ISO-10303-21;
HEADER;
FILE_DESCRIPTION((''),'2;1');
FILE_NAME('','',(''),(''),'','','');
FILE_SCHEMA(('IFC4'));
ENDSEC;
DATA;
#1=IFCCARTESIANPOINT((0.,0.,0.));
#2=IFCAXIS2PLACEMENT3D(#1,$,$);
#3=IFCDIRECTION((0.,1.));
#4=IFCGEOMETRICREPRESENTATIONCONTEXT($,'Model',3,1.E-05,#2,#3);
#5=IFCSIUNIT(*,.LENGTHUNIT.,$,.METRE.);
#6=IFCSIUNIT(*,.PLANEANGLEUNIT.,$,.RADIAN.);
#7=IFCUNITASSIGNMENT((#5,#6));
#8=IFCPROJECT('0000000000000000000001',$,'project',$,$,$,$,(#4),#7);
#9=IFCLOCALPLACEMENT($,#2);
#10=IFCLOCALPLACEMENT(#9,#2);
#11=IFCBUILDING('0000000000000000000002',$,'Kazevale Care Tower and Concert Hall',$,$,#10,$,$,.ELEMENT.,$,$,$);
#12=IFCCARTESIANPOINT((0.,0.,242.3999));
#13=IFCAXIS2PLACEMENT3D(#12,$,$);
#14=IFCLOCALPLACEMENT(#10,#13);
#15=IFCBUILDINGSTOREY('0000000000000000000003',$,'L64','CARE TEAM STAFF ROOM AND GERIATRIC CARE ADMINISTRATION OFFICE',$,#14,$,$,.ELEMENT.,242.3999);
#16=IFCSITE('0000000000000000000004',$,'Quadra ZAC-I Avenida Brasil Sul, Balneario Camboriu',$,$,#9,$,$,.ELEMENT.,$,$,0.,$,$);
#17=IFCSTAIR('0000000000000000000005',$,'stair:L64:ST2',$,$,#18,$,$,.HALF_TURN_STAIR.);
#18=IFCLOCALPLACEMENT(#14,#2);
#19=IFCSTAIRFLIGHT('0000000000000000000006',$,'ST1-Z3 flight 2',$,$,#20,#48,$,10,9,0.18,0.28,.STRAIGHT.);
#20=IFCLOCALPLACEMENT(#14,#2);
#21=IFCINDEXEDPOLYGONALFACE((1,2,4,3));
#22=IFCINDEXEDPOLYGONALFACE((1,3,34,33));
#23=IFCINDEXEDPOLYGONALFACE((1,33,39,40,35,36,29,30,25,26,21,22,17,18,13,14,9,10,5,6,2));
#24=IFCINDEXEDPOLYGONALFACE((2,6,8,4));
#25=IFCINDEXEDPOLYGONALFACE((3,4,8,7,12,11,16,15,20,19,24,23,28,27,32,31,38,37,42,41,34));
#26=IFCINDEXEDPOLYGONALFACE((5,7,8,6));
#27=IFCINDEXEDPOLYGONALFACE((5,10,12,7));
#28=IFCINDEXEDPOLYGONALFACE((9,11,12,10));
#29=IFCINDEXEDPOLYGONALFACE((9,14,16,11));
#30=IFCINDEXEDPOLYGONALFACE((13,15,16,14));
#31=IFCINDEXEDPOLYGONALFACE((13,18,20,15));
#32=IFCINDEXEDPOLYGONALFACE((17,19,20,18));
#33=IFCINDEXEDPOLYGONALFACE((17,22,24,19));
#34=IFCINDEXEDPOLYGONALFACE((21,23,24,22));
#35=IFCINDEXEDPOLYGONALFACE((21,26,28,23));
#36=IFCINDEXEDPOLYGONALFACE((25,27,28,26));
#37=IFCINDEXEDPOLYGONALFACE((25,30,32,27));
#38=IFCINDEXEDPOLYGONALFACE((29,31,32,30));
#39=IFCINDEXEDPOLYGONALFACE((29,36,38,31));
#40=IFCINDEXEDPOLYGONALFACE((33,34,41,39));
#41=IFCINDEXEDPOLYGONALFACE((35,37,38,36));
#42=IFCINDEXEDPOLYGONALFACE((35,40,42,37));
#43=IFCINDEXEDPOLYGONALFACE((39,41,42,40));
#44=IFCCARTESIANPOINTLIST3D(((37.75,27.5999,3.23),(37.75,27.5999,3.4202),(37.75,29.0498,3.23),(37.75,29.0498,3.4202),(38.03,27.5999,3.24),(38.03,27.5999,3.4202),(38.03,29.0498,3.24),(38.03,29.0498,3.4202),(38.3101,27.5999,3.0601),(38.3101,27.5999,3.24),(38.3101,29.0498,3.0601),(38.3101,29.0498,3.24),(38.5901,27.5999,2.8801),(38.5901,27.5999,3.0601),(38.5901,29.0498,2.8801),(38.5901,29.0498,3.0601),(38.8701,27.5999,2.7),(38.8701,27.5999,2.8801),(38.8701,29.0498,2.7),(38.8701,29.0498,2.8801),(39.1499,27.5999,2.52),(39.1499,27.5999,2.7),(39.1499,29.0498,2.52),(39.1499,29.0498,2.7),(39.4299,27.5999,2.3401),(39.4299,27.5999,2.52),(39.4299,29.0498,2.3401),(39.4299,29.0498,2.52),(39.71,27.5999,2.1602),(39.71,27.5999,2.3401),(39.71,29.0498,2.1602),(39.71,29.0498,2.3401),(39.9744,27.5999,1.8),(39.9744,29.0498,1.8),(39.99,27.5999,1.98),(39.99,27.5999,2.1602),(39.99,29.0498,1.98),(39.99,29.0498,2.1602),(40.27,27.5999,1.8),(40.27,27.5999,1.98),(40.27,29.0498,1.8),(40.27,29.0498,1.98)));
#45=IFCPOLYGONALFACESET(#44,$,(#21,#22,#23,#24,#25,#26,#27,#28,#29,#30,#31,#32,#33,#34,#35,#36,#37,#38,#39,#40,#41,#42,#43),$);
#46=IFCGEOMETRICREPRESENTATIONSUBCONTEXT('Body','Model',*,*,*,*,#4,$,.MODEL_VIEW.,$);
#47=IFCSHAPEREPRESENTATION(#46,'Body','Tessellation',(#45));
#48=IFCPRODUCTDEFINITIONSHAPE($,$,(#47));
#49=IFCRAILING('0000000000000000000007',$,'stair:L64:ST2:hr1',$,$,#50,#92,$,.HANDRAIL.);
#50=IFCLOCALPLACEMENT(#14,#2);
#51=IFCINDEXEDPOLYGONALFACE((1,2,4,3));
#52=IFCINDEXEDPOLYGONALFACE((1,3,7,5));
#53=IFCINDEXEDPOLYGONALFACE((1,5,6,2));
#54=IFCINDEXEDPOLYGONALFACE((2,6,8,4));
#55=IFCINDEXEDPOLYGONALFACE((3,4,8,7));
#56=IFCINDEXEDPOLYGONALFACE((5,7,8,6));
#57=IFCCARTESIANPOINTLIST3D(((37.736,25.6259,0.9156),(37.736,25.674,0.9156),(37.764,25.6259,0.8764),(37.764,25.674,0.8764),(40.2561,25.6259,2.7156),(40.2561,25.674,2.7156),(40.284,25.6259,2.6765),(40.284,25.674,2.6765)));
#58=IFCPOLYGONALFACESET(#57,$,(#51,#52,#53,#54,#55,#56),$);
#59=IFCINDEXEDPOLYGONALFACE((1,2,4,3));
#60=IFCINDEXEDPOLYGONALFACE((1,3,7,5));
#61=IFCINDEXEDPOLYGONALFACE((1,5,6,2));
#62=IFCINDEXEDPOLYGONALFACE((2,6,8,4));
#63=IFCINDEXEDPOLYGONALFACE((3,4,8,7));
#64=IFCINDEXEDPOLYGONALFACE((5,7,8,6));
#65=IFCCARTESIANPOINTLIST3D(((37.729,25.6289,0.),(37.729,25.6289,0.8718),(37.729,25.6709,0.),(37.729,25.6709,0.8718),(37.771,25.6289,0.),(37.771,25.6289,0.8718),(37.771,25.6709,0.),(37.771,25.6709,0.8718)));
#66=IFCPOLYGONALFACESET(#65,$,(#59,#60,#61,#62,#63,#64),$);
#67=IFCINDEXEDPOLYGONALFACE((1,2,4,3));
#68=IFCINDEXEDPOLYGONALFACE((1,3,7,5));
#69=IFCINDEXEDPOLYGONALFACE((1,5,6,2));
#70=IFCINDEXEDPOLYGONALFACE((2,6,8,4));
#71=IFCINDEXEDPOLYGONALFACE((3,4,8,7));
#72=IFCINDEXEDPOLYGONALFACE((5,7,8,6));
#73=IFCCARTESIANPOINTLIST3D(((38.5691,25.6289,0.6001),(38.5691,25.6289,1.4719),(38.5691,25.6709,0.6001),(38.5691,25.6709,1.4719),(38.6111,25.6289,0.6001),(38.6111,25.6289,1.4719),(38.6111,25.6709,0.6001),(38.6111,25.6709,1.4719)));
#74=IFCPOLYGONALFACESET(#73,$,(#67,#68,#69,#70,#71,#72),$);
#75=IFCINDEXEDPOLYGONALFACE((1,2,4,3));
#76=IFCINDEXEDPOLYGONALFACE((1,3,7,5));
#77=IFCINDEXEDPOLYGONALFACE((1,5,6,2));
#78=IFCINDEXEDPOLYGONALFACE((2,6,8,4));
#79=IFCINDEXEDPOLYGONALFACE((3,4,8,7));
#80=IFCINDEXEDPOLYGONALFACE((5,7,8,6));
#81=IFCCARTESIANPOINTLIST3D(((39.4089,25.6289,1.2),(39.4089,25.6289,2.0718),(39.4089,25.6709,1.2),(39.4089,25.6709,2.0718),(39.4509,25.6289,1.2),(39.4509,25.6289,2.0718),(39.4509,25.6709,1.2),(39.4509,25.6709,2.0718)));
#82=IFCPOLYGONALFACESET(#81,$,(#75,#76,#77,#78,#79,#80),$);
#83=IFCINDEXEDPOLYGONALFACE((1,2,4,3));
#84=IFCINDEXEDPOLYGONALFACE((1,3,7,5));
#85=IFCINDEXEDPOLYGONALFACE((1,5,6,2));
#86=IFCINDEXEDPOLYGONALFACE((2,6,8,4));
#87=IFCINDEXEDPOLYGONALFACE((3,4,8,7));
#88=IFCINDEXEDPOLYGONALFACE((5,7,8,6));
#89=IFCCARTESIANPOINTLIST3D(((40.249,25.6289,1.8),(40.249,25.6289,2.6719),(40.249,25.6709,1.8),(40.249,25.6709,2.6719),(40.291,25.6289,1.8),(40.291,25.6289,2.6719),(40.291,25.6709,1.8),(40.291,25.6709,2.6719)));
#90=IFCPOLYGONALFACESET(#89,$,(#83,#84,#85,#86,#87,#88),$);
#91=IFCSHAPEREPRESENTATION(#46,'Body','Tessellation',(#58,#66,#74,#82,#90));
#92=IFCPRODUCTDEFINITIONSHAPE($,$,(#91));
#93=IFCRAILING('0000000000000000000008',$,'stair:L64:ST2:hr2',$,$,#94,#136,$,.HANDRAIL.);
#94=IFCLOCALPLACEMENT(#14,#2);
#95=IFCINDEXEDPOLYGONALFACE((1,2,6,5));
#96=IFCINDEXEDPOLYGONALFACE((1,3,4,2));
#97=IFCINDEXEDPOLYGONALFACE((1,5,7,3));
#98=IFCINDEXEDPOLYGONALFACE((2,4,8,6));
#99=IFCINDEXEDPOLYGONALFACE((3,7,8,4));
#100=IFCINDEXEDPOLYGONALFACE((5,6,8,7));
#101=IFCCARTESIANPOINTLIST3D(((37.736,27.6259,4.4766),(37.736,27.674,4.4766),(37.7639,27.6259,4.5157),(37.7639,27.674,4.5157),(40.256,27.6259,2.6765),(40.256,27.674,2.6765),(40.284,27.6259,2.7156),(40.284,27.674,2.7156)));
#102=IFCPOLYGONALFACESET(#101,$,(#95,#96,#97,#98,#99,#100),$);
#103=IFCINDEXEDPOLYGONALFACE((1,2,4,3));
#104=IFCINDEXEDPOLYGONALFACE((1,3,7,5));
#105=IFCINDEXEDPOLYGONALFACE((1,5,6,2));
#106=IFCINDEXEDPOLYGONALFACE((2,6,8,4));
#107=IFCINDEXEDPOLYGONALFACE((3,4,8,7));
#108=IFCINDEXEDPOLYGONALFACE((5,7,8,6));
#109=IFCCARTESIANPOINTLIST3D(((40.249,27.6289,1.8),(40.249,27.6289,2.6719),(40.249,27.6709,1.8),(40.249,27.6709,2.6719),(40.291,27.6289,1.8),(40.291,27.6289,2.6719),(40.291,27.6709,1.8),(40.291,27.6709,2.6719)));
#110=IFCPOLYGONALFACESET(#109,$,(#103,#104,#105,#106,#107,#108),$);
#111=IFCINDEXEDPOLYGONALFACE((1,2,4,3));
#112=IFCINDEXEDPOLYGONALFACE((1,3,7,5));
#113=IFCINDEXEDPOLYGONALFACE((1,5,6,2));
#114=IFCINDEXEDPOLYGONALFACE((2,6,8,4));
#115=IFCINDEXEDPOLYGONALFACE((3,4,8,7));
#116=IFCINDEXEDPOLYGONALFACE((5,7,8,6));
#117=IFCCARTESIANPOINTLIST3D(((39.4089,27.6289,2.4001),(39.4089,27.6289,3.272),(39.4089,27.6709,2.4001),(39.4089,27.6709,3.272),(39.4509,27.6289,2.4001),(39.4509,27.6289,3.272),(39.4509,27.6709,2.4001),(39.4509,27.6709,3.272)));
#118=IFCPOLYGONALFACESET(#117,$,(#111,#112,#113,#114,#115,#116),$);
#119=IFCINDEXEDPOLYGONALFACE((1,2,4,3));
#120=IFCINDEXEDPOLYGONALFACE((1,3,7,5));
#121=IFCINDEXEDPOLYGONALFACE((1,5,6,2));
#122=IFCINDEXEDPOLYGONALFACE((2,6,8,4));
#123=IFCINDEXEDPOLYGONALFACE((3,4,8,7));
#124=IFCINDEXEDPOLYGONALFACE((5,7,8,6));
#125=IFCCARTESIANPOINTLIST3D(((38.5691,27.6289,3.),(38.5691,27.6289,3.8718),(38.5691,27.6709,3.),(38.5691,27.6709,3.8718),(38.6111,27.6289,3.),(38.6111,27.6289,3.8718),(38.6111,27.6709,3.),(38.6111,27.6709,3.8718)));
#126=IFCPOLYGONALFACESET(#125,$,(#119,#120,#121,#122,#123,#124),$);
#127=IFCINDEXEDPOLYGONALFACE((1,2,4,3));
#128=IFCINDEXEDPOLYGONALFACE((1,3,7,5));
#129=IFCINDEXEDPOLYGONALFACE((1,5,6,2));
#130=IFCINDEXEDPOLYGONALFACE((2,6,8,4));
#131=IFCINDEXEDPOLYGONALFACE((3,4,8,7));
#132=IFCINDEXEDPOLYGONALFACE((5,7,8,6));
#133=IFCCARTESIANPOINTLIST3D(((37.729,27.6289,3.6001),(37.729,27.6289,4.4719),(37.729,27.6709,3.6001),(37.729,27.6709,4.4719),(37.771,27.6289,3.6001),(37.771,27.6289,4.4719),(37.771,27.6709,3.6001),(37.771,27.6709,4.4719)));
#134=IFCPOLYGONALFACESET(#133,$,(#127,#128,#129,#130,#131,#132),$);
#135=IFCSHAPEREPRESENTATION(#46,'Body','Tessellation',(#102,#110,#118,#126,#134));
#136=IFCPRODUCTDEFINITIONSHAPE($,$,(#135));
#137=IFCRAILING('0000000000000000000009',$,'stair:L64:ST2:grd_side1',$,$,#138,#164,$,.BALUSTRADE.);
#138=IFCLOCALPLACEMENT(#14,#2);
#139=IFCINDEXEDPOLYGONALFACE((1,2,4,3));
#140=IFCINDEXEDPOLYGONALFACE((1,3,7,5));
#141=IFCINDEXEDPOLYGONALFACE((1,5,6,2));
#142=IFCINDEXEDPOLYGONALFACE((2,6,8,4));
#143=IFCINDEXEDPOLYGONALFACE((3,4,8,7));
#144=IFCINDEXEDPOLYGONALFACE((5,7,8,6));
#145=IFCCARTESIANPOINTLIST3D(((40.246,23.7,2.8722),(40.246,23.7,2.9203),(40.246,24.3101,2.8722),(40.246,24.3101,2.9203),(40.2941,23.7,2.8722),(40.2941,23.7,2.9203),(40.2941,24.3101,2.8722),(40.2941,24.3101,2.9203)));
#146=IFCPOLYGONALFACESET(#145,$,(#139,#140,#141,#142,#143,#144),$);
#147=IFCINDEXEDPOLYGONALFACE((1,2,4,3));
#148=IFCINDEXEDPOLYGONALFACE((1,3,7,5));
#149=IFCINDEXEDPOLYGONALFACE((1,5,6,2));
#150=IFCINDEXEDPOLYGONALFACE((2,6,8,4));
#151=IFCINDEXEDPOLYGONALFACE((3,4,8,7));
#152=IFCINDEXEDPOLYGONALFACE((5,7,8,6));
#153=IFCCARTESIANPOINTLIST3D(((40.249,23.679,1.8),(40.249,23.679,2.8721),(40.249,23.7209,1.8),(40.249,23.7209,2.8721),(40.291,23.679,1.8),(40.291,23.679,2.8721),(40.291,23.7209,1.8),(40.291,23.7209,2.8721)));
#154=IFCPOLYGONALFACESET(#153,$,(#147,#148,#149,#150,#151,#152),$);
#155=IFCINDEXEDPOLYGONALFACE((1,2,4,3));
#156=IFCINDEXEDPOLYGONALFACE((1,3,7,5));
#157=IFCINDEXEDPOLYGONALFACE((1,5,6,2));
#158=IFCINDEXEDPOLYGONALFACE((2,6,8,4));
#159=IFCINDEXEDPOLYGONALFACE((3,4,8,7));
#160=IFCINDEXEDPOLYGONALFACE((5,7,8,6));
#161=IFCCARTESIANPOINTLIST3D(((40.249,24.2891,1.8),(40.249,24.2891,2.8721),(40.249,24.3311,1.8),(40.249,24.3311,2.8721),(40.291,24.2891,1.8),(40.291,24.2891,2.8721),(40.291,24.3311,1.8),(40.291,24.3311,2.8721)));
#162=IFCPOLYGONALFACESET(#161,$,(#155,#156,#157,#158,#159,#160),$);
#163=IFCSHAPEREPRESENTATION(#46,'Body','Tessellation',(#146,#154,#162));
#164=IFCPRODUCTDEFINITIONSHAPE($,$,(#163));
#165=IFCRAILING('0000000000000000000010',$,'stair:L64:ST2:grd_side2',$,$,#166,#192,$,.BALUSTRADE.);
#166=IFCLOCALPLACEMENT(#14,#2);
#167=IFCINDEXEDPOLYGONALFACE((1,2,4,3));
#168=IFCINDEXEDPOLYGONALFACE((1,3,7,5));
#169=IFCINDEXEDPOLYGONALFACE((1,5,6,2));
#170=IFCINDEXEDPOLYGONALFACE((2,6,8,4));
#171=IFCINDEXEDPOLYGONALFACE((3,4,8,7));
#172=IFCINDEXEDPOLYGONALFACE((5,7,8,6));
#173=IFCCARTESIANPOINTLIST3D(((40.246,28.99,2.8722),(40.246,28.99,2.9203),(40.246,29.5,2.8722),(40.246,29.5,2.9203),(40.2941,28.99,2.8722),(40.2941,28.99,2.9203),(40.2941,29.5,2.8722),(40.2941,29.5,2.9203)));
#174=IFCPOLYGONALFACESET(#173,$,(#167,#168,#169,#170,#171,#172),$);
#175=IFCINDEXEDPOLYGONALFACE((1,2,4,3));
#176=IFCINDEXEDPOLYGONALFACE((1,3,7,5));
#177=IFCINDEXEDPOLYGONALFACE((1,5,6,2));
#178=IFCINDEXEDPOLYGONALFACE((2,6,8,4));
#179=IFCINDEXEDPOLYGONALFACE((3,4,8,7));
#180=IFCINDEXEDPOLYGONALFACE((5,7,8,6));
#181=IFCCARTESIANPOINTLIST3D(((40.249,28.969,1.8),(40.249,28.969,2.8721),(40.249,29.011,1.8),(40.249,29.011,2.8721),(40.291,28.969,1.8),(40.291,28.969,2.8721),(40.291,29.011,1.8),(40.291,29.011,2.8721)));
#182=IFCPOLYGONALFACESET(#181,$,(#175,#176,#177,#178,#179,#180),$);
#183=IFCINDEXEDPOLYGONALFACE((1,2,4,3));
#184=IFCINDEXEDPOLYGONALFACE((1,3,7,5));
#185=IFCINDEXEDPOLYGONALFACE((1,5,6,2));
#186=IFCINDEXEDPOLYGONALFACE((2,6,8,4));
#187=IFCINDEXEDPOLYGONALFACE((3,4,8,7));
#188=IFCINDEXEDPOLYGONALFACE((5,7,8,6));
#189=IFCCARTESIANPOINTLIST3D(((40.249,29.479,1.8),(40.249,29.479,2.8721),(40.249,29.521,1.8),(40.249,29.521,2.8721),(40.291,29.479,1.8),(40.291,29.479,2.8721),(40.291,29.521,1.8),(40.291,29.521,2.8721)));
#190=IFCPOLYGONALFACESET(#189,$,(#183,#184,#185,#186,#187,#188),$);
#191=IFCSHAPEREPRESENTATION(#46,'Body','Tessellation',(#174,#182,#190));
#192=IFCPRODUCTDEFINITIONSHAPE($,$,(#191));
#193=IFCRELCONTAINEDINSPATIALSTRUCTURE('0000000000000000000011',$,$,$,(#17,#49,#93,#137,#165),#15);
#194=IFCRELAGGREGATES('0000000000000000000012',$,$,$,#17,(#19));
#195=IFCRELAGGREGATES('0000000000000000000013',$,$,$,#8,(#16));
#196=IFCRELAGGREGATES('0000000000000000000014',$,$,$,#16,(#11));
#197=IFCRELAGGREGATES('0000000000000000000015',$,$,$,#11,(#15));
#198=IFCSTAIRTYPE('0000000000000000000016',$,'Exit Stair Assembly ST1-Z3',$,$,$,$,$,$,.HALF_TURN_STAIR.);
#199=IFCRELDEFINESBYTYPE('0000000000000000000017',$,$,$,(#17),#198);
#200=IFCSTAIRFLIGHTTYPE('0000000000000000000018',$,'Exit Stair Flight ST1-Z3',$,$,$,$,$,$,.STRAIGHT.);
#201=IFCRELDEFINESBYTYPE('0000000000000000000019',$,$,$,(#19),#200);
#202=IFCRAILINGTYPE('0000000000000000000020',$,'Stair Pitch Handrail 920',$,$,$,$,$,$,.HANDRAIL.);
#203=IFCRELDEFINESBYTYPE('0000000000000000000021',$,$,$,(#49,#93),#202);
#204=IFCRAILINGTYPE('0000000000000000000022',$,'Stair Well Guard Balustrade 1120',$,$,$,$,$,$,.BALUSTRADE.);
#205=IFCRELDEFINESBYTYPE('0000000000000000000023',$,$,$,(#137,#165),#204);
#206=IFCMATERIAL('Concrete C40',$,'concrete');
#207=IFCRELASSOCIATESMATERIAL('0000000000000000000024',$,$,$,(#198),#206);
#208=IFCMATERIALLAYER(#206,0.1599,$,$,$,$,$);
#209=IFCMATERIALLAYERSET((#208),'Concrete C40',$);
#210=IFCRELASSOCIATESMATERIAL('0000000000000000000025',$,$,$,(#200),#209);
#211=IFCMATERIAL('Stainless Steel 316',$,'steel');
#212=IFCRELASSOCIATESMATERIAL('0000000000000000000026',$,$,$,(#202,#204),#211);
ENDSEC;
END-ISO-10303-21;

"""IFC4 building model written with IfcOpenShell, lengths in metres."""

from ifc_helpers import new_model, si_unit, direction, frame, origin, origin_2d, place, context, subcontext, project, spatial, polyline, rectangle, outline, extrude, material, layer, layer_set, type_object, element, aggregate, save


model = new_model("IFC4")

# Units and contexts
model_context = context("Model", 3, precision=1e-05, world=origin(), true_north=direction((0.0, 1.0)))
body_context = subcontext(model_context, "Body", "Model", "MODEL_VIEW")
ifc_project = project(units=[si_unit("LENGTHUNIT", "METRE"), si_unit("PLANEANGLEUNIT", "RADIAN")], contexts=[model_context])

# Site, building, storey
site_placement = place(None, origin())
site = spatial("IfcSite", under=ifc_project, at=site_placement, Name="Quadra ZAC-I Avenida Brasil Sul, Balneario Camboriu", CompositionType="ELEMENT", RefElevation=0.0)
building_placement = place(site_placement, origin())
building = spatial("IfcBuilding", under=site, at=building_placement, Name="Kazevale Care Tower and Concert Hall", CompositionType="ELEMENT")
storey_placement = place(building_placement, frame((0.0, 0.0, 242.3999)))
storey = spatial("IfcBuildingStorey", under=building, at=storey_placement, Name="L64", Description="CARE TEAM STAFF ROOM AND GERIATRIC CARE ADMINISTRATION OFFICE", CompositionType="ELEMENT", Elevation=242.3999)

# Shared definitions
ifc_material_1 = material(Name="Concrete C40", Category="concrete")

# Stair, stair flight
stair_type = type_object("IfcStairType", Name="Exit Stair Assembly ST1-Z3", PredefinedType="HALF_TURN_STAIR", material=ifc_material_1)
stair_placement = place(storey_placement, origin())
stair = element("IfcStair", 1, at=stair_placement, inside=storey, type_object=stair_type, Name="stair:L64:ST2", PredefinedType="HALF_TURN_STAIR")
ifc_layer_1 = layer(ifc_material_1, 0.1599)
ifc_layer_set_1 = layer_set([ifc_layer_1], Name="Concrete C40")
stair_flight_type = type_object("IfcStairFlightType", Name="Exit Stair Flight ST1-Z3", PredefinedType="STRAIGHT", material=ifc_layer_set_1)
stair_flight_1_placement = place(storey_placement, frame((40.27, 28.325, 1.8), z_axis=(0.0, 0.0, 1.0), x_axis=(-1.0, 0.0, 0.0)))
stair_flight_1 = element("IfcStairFlight", 2, at=stair_flight_1_placement, type_object=stair_flight_type, Name="ST1-Z3 flight 2", NumberOfRisers=10, NumberOfTreads=9, PredefinedType="STRAIGHT", RiserHeight=0.18, TreadLength=0.28, context=body_context, shape_type="SweptSolid", body=[
    extrude(outline(polyline([(0.0, 0.0), (0.0, 0.1799), (0.28, 0.1799), (0.28, 0.3601), (0.5601, 0.3601), (0.5601, 0.54), (0.8401, 0.54), (0.8401, 0.72), (1.1201, 0.72), (1.1201, 0.8999), (1.3999, 0.8999), (1.3999, 1.0801), (1.6799, 1.0801), (1.6799, 1.26), (1.96, 1.26), (1.96, 1.4399), (2.24, 1.4399), (2.24, 1.6201), (2.52, 1.6201), (2.52, 1.8), (2.52, 1.4299), (0.2957, 0.0), (0.0, 0.0)])), frame((0.0, 0.7251, 0.0), z_axis=(0.0, -1.0, 0.0), x_axis=(1.0, 0.0, 0.0)), (0.0, 0.0, 1.0), 1.45),
])
aggregate(stair, [stair_flight_1])

# Railings
ifc_material_2 = material(Name="Stainless Steel 316", Category="steel")
railing_type_1 = type_object("IfcRailingType", Name="Stair Pitch Handrail 920", PredefinedType="HANDRAIL", material=ifc_material_2)
railing_1_placement = place(storey_placement, frame((37.75, 25.6499, 0.0)))
element("IfcRailing", 3, at=railing_1_placement, inside=storey, type_object=railing_type_1, Name="stair:L64:ST2:hr1", PredefinedType="HANDRAIL", context=body_context, shape_type="SweptSolid", body=[
    extrude(rectangle(XDim=0.0481, YDim=0.0481, at=origin_2d()), frame((0.0, 0.0, 0.896), z_axis=(0.813728, 0.0, 0.581246), x_axis=(0.0, 1.0, 0.0)), (0.0, 0.0, 1.0), 3.0969),
    extrude(rectangle(XDim=0.042, YDim=0.042, at=origin_2d()), origin(), (0.0, 0.0, 1.0), 0.8718),
    extrude(rectangle(XDim=0.042, YDim=0.042, at=origin_2d()), frame((0.8401, 0.0, 0.6001)), (0.0, 0.0, 1.0), 0.8718),
    extrude(rectangle(XDim=0.042, YDim=0.042, at=origin_2d()), frame((1.6799, 0.0, 1.2)), (0.0, 0.0, 1.0), 0.8718),
    extrude(rectangle(XDim=0.042, YDim=0.042, at=origin_2d()), frame((2.52, 0.0, 1.8)), (0.0, 0.0, 1.0), 0.8718),
])
railing_2_placement = place(storey_placement, frame((40.27, 27.6499, 1.8)))
element("IfcRailing", 4, at=railing_2_placement, inside=storey, type_object=railing_type_1, Name="stair:L64:ST2:hr2", PredefinedType="HANDRAIL", context=body_context, shape_type="SweptSolid", body=[
    extrude(rectangle(XDim=0.0481, YDim=0.0481, at=origin_2d()), frame((0.0, 0.0, 0.896), z_axis=(-0.813728, 0.0, 0.581246), x_axis=(0.0, -1.0, 0.0)), (0.0, 0.0, 1.0), 3.0969),
    extrude(rectangle(XDim=0.042, YDim=0.042, at=origin_2d()), origin(), (0.0, 0.0, 1.0), 0.8718),
    extrude(rectangle(XDim=0.042, YDim=0.042, at=origin_2d()), frame((-0.8401, 0.0, 0.6001)), (0.0, 0.0, 1.0), 0.8718),
    extrude(rectangle(XDim=0.042, YDim=0.042, at=origin_2d()), frame((-1.6799, 0.0, 1.2)), (0.0, 0.0, 1.0), 0.8718),
    extrude(rectangle(XDim=0.042, YDim=0.042, at=origin_2d()), frame((-2.52, 0.0, 1.8)), (0.0, 0.0, 1.0), 0.8718),
])
railing_type_2 = type_object("IfcRailingType", Name="Stair Well Guard Balustrade 1120", PredefinedType="BALUSTRADE", material=ifc_material_2)
railing_3_placement = place(storey_placement, frame((40.27, 23.7, 1.8)))
element("IfcRailing", 5, at=railing_3_placement, inside=storey, type_object=railing_type_2, Name="stair:L64:ST2:grd_side1", PredefinedType="BALUSTRADE", context=body_context, shape_type="SweptSolid", body=[
    extrude(rectangle(XDim=0.0481, YDim=0.0481, at=origin_2d()), frame((0.0, 0.0, 1.0962), z_axis=(0.0, 1.0, 0.0), x_axis=(-1.0, 0.0, 0.0)), (0.0, 0.0, 1.0), 0.6101),
    extrude(rectangle(XDim=0.042, YDim=0.042, at=origin_2d()), origin(), (0.0, 0.0, 1.0), 1.072),
    extrude(rectangle(XDim=0.042, YDim=0.042, at=origin_2d()), frame((0.0, 0.6101, 0.0)), (0.0, 0.0, 1.0), 1.072),
])
railing_4_placement = place(storey_placement, frame((40.27, 28.99, 1.8)))
element("IfcRailing", 6, at=railing_4_placement, inside=storey, type_object=railing_type_2, Name="stair:L64:ST2:grd_side2", PredefinedType="BALUSTRADE", context=body_context, shape_type="SweptSolid", body=[
    extrude(rectangle(XDim=0.0481, YDim=0.0481, at=origin_2d()), frame((0.0, 0.0, 1.0962), z_axis=(0.0, 1.0, 0.0), x_axis=(-1.0, 0.0, 0.0)), (0.0, 0.0, 1.0), 0.51),
    extrude(rectangle(XDim=0.042, YDim=0.042, at=origin_2d()), origin(), (0.0, 0.0, 1.0), 1.072),
    extrude(rectangle(XDim=0.042, YDim=0.042, at=origin_2d()), frame((0.0, 0.51, 0.0)), (0.0, 0.0, 1.0), 1.072),
])

save(model, "model.ifc")
